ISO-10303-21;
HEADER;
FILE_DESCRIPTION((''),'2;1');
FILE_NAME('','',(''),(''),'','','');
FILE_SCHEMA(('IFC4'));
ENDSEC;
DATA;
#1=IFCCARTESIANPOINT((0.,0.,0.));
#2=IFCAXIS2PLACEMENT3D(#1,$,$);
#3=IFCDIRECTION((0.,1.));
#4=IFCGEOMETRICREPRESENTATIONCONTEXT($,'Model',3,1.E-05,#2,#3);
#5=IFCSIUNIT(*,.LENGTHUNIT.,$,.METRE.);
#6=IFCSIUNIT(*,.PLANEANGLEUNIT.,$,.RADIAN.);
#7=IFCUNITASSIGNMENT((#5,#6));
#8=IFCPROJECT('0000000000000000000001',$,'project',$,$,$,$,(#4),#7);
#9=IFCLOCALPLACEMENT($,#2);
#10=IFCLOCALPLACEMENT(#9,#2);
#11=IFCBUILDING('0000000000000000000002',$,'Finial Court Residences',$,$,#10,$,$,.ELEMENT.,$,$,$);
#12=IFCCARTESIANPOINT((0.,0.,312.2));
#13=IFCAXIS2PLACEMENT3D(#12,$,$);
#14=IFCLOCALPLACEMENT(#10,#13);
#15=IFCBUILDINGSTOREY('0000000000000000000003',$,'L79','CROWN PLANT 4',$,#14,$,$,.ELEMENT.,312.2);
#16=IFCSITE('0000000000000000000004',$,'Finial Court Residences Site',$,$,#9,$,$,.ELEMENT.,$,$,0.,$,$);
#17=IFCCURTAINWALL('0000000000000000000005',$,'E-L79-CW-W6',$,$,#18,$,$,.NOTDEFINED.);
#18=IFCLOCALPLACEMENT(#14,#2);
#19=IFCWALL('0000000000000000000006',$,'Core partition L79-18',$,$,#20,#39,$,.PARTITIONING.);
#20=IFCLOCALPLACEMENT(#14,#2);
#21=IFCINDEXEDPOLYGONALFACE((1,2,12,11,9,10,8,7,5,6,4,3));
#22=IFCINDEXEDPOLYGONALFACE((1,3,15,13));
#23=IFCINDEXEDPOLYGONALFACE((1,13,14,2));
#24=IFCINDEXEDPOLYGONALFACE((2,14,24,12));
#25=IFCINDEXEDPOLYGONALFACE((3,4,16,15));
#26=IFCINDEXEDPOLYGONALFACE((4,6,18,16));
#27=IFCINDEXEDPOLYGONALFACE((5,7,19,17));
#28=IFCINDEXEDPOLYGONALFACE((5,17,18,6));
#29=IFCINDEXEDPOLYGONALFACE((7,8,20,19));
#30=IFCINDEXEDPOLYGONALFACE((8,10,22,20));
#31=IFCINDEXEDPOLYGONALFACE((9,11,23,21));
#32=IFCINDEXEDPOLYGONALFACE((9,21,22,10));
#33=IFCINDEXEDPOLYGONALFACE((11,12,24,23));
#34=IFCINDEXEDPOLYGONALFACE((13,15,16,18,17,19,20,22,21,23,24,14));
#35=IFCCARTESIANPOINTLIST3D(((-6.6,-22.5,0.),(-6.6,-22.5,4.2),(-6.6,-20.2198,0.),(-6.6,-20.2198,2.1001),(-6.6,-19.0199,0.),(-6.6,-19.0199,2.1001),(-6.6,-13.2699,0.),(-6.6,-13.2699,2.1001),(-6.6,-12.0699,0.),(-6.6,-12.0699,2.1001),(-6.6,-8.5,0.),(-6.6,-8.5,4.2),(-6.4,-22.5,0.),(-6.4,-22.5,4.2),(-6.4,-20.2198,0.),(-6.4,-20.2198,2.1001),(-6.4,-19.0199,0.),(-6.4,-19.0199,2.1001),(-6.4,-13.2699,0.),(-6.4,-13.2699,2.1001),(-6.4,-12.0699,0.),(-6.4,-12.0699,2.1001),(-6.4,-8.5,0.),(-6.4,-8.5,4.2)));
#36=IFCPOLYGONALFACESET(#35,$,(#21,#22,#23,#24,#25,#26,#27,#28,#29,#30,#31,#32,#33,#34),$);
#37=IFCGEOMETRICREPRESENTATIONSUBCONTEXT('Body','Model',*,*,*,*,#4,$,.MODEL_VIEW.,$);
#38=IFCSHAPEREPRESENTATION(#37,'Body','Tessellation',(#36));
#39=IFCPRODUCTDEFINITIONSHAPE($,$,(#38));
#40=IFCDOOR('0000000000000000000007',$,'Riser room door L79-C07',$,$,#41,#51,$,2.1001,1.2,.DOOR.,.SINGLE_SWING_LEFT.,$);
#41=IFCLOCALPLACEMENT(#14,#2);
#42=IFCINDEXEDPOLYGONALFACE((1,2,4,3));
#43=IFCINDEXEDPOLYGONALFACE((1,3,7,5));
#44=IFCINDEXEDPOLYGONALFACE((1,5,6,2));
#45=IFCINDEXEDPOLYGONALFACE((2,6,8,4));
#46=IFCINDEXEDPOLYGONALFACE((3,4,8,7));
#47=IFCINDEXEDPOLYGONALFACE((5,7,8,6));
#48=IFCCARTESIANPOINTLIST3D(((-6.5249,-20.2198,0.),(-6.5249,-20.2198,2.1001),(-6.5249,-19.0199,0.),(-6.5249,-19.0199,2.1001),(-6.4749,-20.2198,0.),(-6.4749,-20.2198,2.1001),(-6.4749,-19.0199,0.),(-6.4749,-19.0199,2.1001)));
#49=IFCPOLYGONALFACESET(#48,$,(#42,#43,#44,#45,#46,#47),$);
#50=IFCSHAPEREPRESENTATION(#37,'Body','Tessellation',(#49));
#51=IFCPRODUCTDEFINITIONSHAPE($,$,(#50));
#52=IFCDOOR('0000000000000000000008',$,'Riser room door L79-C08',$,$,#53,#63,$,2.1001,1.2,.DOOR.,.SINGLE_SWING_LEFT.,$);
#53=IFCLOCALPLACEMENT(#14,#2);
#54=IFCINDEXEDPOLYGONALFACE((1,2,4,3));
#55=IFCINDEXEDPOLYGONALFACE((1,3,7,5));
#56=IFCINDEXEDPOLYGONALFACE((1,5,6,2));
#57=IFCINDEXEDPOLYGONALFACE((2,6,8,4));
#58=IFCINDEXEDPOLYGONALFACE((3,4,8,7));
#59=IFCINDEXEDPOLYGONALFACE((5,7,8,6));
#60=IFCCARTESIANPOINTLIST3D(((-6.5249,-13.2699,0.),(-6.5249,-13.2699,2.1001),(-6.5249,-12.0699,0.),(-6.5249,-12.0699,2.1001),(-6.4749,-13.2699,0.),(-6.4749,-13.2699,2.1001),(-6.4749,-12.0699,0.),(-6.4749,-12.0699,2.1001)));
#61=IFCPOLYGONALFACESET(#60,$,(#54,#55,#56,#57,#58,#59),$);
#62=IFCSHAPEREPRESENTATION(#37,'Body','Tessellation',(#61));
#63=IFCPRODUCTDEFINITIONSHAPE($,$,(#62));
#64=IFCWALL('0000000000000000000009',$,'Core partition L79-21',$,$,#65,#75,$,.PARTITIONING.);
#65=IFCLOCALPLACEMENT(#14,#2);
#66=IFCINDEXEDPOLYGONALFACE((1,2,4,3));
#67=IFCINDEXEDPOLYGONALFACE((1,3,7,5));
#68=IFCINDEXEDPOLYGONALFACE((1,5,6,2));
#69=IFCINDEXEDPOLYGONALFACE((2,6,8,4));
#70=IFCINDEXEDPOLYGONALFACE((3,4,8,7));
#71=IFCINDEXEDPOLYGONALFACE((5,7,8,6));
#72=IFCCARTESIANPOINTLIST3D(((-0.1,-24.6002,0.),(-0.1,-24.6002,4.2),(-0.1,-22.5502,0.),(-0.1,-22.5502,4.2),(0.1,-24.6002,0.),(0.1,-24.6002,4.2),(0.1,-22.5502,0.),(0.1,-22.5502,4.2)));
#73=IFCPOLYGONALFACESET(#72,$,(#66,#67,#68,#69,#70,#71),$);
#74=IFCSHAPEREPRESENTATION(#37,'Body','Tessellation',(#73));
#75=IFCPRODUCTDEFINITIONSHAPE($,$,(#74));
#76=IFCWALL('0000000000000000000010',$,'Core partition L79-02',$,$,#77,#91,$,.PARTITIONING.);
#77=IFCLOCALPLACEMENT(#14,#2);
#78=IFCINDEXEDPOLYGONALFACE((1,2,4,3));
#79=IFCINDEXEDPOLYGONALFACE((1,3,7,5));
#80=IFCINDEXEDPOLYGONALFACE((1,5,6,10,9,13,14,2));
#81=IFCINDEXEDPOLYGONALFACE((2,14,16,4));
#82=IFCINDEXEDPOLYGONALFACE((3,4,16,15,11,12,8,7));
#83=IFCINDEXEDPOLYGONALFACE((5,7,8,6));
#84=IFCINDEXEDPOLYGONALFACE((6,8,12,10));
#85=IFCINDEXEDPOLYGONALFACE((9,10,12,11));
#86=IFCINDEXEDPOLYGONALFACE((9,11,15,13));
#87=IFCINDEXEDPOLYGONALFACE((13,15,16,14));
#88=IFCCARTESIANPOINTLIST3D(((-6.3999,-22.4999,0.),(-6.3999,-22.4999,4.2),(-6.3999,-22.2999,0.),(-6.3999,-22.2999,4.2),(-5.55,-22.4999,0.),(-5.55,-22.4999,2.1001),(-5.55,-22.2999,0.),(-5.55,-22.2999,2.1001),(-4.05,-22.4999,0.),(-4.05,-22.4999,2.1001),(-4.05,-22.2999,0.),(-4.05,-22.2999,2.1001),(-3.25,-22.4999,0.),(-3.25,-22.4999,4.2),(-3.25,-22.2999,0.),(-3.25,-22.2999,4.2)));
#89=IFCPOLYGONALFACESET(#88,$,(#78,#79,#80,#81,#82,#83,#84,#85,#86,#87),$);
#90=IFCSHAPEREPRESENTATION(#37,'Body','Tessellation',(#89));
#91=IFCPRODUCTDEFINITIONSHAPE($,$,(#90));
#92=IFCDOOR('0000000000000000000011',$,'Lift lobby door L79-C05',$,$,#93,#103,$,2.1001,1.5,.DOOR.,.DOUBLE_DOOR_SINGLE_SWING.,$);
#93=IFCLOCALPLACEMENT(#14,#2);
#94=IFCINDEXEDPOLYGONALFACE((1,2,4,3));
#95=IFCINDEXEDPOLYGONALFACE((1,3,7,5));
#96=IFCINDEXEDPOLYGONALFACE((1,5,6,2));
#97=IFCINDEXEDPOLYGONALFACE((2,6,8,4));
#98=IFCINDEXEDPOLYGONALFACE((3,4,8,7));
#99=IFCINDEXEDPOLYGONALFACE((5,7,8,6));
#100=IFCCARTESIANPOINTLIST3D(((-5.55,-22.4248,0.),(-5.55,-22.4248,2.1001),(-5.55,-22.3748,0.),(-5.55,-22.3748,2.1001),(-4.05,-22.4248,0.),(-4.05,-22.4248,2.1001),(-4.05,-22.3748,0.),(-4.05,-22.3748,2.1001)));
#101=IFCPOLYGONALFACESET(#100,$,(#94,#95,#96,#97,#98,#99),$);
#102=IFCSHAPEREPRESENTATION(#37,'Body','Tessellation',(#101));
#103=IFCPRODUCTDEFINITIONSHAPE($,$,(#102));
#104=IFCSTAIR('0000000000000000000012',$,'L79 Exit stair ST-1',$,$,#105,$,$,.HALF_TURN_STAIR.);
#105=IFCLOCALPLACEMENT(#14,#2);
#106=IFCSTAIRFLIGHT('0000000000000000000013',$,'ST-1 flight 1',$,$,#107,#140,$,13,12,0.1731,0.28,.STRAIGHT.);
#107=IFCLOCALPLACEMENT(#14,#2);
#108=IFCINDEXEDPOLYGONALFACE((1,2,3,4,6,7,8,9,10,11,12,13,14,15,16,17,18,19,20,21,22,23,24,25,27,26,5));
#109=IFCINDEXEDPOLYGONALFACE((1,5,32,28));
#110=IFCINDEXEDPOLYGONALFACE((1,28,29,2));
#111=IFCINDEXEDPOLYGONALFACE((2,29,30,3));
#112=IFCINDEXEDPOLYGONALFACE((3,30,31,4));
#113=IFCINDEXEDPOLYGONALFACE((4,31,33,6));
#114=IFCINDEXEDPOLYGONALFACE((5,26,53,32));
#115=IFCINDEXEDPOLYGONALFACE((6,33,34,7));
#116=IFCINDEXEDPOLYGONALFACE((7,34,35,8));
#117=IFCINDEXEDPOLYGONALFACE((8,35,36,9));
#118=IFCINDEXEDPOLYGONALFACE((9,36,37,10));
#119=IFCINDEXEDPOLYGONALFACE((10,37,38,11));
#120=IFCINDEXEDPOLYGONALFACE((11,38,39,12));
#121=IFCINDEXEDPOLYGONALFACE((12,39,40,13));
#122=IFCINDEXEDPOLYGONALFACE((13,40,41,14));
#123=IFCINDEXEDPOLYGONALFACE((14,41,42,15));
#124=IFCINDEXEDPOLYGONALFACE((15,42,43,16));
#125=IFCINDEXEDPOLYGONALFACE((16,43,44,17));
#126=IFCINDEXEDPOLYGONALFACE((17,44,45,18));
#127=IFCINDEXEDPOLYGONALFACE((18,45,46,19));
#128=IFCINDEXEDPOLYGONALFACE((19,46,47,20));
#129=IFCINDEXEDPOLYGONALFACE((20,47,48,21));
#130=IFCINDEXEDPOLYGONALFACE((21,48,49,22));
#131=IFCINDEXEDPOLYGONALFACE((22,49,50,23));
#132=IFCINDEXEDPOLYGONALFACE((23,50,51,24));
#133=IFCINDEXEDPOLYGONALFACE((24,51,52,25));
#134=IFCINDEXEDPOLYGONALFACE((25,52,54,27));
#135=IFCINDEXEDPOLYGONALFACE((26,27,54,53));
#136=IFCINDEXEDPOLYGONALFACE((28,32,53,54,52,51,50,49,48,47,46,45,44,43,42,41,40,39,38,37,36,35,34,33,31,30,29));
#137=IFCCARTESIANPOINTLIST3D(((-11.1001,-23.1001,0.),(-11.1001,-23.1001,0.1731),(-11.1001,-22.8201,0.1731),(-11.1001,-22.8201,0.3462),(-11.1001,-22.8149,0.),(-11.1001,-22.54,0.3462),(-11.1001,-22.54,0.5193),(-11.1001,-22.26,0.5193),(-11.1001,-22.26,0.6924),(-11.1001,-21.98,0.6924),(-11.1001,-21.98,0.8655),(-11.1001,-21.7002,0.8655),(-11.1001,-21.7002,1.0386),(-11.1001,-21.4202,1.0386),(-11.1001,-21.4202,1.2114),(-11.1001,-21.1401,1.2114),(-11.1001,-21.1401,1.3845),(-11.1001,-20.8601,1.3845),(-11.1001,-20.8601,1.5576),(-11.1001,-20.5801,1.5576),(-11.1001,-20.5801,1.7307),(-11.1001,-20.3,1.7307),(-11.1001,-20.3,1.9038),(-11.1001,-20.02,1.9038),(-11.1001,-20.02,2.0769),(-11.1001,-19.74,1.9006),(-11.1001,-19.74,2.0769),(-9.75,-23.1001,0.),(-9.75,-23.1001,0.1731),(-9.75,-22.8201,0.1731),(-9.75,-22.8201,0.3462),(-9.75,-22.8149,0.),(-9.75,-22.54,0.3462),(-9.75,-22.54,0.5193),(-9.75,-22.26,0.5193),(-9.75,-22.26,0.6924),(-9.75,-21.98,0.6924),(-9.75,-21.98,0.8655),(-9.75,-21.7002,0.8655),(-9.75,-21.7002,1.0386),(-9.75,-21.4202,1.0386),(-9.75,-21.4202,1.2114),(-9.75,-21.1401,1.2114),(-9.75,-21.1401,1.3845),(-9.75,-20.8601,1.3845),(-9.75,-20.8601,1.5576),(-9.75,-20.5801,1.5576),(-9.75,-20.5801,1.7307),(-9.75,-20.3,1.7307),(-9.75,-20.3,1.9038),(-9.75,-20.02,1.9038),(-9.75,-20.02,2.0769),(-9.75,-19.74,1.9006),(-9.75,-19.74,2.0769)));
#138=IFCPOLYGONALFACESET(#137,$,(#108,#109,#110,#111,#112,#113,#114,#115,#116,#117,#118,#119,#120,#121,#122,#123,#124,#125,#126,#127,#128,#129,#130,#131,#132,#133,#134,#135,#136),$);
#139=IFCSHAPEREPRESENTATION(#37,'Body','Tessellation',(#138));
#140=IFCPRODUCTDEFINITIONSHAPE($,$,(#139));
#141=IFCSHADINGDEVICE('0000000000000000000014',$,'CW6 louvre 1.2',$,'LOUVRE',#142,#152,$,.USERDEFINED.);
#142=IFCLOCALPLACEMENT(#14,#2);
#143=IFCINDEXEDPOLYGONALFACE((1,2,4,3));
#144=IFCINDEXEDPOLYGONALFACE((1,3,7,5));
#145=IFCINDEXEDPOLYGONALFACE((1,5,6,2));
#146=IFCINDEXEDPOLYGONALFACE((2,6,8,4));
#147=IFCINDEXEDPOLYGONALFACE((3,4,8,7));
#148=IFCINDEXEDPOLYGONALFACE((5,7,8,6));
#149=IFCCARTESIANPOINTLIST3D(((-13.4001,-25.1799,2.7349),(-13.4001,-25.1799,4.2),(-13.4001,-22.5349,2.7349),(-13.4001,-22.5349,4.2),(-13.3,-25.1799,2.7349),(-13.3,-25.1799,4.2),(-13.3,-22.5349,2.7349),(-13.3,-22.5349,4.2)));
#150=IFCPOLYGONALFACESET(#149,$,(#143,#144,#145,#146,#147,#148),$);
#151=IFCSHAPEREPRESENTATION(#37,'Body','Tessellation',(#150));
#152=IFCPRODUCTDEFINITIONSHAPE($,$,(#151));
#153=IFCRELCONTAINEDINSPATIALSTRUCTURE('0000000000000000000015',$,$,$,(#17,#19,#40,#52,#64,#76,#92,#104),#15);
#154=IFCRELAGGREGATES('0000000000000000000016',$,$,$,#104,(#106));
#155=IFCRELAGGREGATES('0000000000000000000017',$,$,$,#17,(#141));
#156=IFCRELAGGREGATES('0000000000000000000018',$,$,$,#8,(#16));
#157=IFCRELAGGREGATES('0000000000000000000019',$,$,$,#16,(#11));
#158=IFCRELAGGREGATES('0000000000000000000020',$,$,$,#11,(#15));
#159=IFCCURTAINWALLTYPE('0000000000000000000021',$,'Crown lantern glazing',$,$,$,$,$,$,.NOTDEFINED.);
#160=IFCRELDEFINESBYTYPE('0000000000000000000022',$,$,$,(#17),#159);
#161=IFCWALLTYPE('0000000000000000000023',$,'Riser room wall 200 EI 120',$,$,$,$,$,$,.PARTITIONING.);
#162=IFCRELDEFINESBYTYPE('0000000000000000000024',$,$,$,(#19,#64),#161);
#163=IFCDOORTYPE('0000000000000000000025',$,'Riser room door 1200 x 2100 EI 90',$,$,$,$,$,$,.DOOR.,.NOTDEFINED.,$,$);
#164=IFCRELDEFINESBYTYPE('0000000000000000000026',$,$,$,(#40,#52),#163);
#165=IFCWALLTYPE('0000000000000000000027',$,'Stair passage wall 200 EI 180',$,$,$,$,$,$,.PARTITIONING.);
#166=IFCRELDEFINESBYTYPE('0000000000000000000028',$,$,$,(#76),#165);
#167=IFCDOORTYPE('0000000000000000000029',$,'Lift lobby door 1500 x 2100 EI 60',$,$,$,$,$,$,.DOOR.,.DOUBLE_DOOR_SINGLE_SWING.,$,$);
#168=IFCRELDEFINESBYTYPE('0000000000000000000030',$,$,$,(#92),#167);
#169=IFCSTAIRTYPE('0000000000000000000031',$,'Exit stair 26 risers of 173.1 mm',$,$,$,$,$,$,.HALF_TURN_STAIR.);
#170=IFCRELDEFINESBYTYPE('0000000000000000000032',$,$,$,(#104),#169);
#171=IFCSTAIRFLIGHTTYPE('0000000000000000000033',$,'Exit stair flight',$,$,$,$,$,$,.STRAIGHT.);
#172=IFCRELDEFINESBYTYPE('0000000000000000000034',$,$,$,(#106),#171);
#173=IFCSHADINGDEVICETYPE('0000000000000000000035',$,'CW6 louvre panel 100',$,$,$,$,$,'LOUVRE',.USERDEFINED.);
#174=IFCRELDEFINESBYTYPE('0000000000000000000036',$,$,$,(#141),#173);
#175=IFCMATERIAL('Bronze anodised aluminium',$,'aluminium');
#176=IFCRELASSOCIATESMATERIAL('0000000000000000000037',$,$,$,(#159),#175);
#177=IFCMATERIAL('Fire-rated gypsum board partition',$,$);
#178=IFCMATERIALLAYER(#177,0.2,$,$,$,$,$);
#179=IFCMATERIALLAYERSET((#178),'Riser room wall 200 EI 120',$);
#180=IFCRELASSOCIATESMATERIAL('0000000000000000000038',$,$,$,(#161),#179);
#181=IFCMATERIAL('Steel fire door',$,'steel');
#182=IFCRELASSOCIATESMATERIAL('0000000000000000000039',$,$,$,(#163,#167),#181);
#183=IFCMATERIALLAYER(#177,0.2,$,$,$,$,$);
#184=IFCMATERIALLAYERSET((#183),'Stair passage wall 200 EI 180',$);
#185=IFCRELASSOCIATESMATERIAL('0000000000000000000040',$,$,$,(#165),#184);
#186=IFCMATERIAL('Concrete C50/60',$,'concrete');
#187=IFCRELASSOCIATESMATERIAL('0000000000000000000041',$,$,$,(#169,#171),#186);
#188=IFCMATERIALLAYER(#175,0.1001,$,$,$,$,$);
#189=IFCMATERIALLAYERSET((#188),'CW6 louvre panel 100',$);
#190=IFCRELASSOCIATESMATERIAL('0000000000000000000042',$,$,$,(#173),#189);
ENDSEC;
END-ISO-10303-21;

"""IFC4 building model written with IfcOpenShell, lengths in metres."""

from ifc_helpers import new_model, si_unit, direction, frame, frame_2d, origin, origin_2d, place, context, subcontext, project, spatial, polyline, rectangle, outline, extrude, material, layer, layer_set, type_object, element, fill, aggregate, save


model = new_model("IFC4")

# Units and contexts
model_context = context("Model", 3, precision=1e-05, world=origin(), true_north=direction((0.0, 1.0)))
body_context = subcontext(model_context, "Body", "Model", "MODEL_VIEW")
ifc_project = project(units=[si_unit("LENGTHUNIT", "METRE"), si_unit("PLANEANGLEUNIT", "RADIAN")], contexts=[model_context])

# Site, building, storey
site_placement = place(None, origin())
site = spatial("IfcSite", under=ifc_project, at=site_placement, Name="Finial Court Residences Site", CompositionType="ELEMENT", RefElevation=0.0)
building_placement = place(site_placement, origin())
building = spatial("IfcBuilding", under=site, at=building_placement, Name="Finial Court Residences", CompositionType="ELEMENT")
storey_placement = place(building_placement, frame((0.0, 0.0, 312.2)))
storey = spatial("IfcBuildingStorey", under=building, at=storey_placement, Name="L79", Description="CROWN PLANT 4", CompositionType="ELEMENT", Elevation=312.2)

# Curtain wall
ifc_material_1 = material(Name="Bronze anodised aluminium", Category="aluminium")
curtain_wall_type = type_object("IfcCurtainWallType", Name="Crown lantern glazing", PredefinedType="NOTDEFINED", material=ifc_material_1)
curtain_wall_placement = place(storey_placement, origin())
curtain_wall = element("IfcCurtainWall", 1, at=curtain_wall_placement, inside=storey, type_object=curtain_wall_type, Name="E-L79-CW-W6", PredefinedType="NOTDEFINED")

# Shared definitions
ifc_material_2 = material(Name="Concrete C50/60", Category="concrete")

# Shared definitions
ifc_material_3 = material(Name="Steel fire door", Category="steel")

# Shared definitions
ifc_material_4 = material(Name="Fire-rated gypsum board partition")
ifc_layer_1 = layer(ifc_material_4, 0.2)
ifc_layer_set_1 = layer_set([ifc_layer_1], Name="Riser room wall 200 EI 120")
wall_type_1 = type_object("IfcWallType", Name="Riser room wall 200 EI 120", PredefinedType="PARTITIONING", material=ifc_layer_set_1)

# Wall, openings, doors
wall_1_placement = place(storey_placement, frame((-6.5, -22.5, 0.0), z_axis=(0.0, 0.0, 1.0), x_axis=(0.0, 1.0, 0.0)))
wall_1 = element("IfcWall", 2, at=wall_1_placement, inside=storey, type_object=wall_type_1, Name="Core partition L79-18", PredefinedType="PARTITIONING", context=body_context, shape_type="SweptSolid", body=[
    extrude(rectangle(XDim=14.0, YDim=0.2, at=frame_2d((7.0, 0.0))), origin(), (0.0, 0.0, 1.0), 4.2),
])
opening_1_placement = place(wall_1_placement, frame((2.28, 0.0, 0.0)))
opening_1 = element("IfcOpeningElement", 3, at=opening_1_placement, cuts=wall_1, PredefinedType="OPENING", context=body_context, shape_type="SweptSolid", body=[
    extrude(rectangle(XDim=1.2, YDim=2.1001, at=frame_2d((0.6001, 1.05))), frame((0.0, 0.1099, 0.0), z_axis=(0.0, -1.0, 0.0), x_axis=(1.0, 0.0, 0.0)), (0.0, 0.0, 1.0), 0.22),
])
opening_2_placement = place(wall_1_placement, frame((9.23, 0.0, 0.0)))
opening_2 = element("IfcOpeningElement", 4, at=opening_2_placement, cuts=wall_1, PredefinedType="OPENING", context=body_context, shape_type="SweptSolid", body=[
    extrude(rectangle(XDim=1.2, YDim=2.1001, at=frame_2d((0.6001, 1.05))), frame((0.0, 0.1099, 0.0), z_axis=(0.0, -1.0, 0.0), x_axis=(1.0, 0.0, 0.0)), (0.0, 0.0, 1.0), 0.22),
])
door_type_1 = type_object("IfcDoorType", Name="Riser room door 1200 x 2100 EI 90", OperationType="NOTDEFINED", PredefinedType="DOOR", material=ifc_material_3)
door_1_placement = place(opening_1_placement, origin())
door_1 = element("IfcDoor", 5, at=door_1_placement, inside=storey, type_object=door_type_1, Name="Riser room door L79-C07", OperationType="SINGLE_SWING_LEFT", OverallHeight=2.1001, OverallWidth=1.2, PredefinedType="DOOR", context=body_context, shape_type="SweptSolid", body=[
    extrude(rectangle(XDim=1.2, YDim=2.1001, at=frame_2d((0.6001, 1.05))), frame((0.0, 0.0249, 0.0), z_axis=(0.0, -1.0, 0.0), x_axis=(1.0, 0.0, 0.0)), (0.0, 0.0, 1.0), 0.05),
])
fill(opening_1, door_1)
door_2_placement = place(opening_2_placement, origin())
door_2 = element("IfcDoor", 6, at=door_2_placement, inside=storey, type_object=door_type_1, Name="Riser room door L79-C08", OperationType="SINGLE_SWING_LEFT", OverallHeight=2.1001, OverallWidth=1.2, PredefinedType="DOOR", context=body_context, shape_type="SweptSolid", body=[
    extrude(rectangle(XDim=1.2, YDim=2.1001, at=frame_2d((0.6001, 1.05))), frame((0.0, 0.0249, 0.0), z_axis=(0.0, -1.0, 0.0), x_axis=(1.0, 0.0, 0.0)), (0.0, 0.0, 1.0), 0.05),
])
fill(opening_2, door_2)

# Wall
wall_2_placement = place(storey_placement, frame((0.0, -24.6001, 0.0), z_axis=(0.0, 0.0, 1.0), x_axis=(0.0, 1.0, 0.0)))
element("IfcWall", 7, at=wall_2_placement, inside=storey, type_object=wall_type_1, Name="Core partition L79-21", PredefinedType="PARTITIONING", context=body_context, shape_type="SweptSolid", body=[
    extrude(rectangle(XDim=2.05, YDim=0.2, at=frame_2d((1.0249, 0.0))), origin(), (0.0, 0.0, 1.0), 4.2),
])

# Wall, opening, door
ifc_layer_2 = layer(ifc_material_4, 0.2)
ifc_layer_set_2 = layer_set([ifc_layer_2], Name="Stair passage wall 200 EI 180")
wall_type_2 = type_object("IfcWallType", Name="Stair passage wall 200 EI 180", PredefinedType="PARTITIONING", material=ifc_layer_set_2)
wall_3_placement = place(storey_placement, frame((-3.25, -22.3999, 0.0), z_axis=(0.0, 0.0, 1.0), x_axis=(-1.0, 0.0, 0.0)))
wall_3 = element("IfcWall", 8, at=wall_3_placement, inside=storey, type_object=wall_type_2, Name="Core partition L79-02", PredefinedType="PARTITIONING", context=body_context, shape_type="SweptSolid", body=[
    extrude(rectangle(XDim=3.1499, YDim=0.2, at=frame_2d((1.575, 0.0))), origin(), (0.0, 0.0, 1.0), 4.2),
])
opening_3_placement = place(wall_3_placement, frame((0.8, 0.0, 0.0)))
opening_3 = element("IfcOpeningElement", 9, at=opening_3_placement, cuts=wall_3, PredefinedType="OPENING", context=body_context, shape_type="SweptSolid", body=[
    extrude(rectangle(XDim=1.5, YDim=2.1001, at=frame_2d((0.75, 1.05))), frame((0.0, 0.1099, 0.0), z_axis=(0.0, -1.0, 0.0), x_axis=(1.0, 0.0, 0.0)), (0.0, 0.0, 1.0), 0.22),
])
door_type_2 = type_object("IfcDoorType", Name="Lift lobby door 1500 x 2100 EI 60", OperationType="DOUBLE_DOOR_SINGLE_SWING", PredefinedType="DOOR", material=ifc_material_3)
door_3_placement = place(opening_3_placement, origin())
door_3 = element("IfcDoor", 10, at=door_3_placement, inside=storey, type_object=door_type_2, Name="Lift lobby door L79-C05", OperationType="DOUBLE_DOOR_SINGLE_SWING", OverallHeight=2.1001, OverallWidth=1.5, PredefinedType="DOOR", context=body_context, shape_type="SweptSolid", body=[
    extrude(rectangle(XDim=1.5, YDim=2.1001, at=frame_2d((0.75, 1.05))), frame((0.0, 0.0249, 0.0), z_axis=(0.0, -1.0, 0.0), x_axis=(1.0, 0.0, 0.0)), (0.0, 0.0, 1.0), 0.05),
])
fill(opening_3, door_3)

# Stair, stair flight
stair_type = type_object("IfcStairType", Name="Exit stair 26 risers of 173.1 mm", PredefinedType="HALF_TURN_STAIR", material=ifc_material_2)
stair_placement = place(storey_placement, origin())
stair = element("IfcStair", 11, at=stair_placement, inside=storey, type_object=stair_type, Name="L79 Exit stair ST-1", PredefinedType="HALF_TURN_STAIR")
stair_flight_type = type_object("IfcStairFlightType", Name="Exit stair flight", PredefinedType="STRAIGHT", material=ifc_material_2)
stair_flight_placement = place(storey_placement, frame((-10.425, -23.1001, 0.0), z_axis=(0.0, 0.0, 1.0), x_axis=(0.0, 1.0, 0.0)))
stair_flight = element("IfcStairFlight", 12, at=stair_flight_placement, type_object=stair_flight_type, Name="ST-1 flight 1", NumberOfRisers=13, NumberOfTreads=12, PredefinedType="STRAIGHT", RiserHeight=0.1731, TreadLength=0.28, context=body_context, shape_type="SweptSolid", body=[
    extrude(outline(polyline([(0.0, 0.0), (0.0, 0.1731), (0.28, 0.1731), (0.28, 0.3462), (0.5601, 0.3462), (0.5601, 0.5193), (0.8401, 0.5193), (0.8401, 0.6924), (1.1201, 0.6924), (1.1201, 0.8655), (1.3999, 0.8655), (1.3999, 1.0386), (1.6799, 1.0386), (1.6799, 1.2114), (1.96, 1.2114), (1.96, 1.3845), (2.24, 1.3845), (2.24, 1.5576), (2.52, 1.5576), (2.52, 1.7307), (2.8, 1.7307), (2.8, 1.9038), (3.0801, 1.9038), (3.0801, 2.0769), (3.3601, 2.0769), (3.3601, 2.25), (3.3601, 1.9006), (0.2852, 0.0), (0.0, 0.0)])), frame((0.0, 0.675, 0.0), z_axis=(0.0, -1.0, 0.0), x_axis=(1.0, 0.0, 0.0)), (0.0, 0.0, 1.0), 1.3501),
])
aggregate(stair, [stair_flight])

# Shading device
ifc_layer_3 = layer(ifc_material_1, 0.1001)
ifc_layer_set_3 = layer_set([ifc_layer_3], Name="CW6 louvre panel 100")
shading_device_type = type_object("IfcShadingDeviceType", Name="CW6 louvre panel 100", ElementType="LOUVRE", PredefinedType="USERDEFINED", material=ifc_layer_set_3)
shading_device_placement = place(storey_placement, frame((-13.3501, -23.8574, 2.7349), z_axis=(0.0, 0.0, 1.0), x_axis=(0.0, 1.0, 0.0)))
shading_device = element("IfcShadingDevice", 13, at=shading_device_placement, type_object=shading_device_type, Name="CW6 louvre 1.2", ObjectType="LOUVRE", PredefinedType="USERDEFINED", context=body_context, shape_type="SweptSolid", body=[
    extrude(rectangle(XDim=2.645, YDim=0.1001, at=origin_2d()), origin(), (0.0, 0.0, 1.0), 1.4651),
])
aggregate(curtain_wall, [shading_device])

save(model, "model.ifc")
